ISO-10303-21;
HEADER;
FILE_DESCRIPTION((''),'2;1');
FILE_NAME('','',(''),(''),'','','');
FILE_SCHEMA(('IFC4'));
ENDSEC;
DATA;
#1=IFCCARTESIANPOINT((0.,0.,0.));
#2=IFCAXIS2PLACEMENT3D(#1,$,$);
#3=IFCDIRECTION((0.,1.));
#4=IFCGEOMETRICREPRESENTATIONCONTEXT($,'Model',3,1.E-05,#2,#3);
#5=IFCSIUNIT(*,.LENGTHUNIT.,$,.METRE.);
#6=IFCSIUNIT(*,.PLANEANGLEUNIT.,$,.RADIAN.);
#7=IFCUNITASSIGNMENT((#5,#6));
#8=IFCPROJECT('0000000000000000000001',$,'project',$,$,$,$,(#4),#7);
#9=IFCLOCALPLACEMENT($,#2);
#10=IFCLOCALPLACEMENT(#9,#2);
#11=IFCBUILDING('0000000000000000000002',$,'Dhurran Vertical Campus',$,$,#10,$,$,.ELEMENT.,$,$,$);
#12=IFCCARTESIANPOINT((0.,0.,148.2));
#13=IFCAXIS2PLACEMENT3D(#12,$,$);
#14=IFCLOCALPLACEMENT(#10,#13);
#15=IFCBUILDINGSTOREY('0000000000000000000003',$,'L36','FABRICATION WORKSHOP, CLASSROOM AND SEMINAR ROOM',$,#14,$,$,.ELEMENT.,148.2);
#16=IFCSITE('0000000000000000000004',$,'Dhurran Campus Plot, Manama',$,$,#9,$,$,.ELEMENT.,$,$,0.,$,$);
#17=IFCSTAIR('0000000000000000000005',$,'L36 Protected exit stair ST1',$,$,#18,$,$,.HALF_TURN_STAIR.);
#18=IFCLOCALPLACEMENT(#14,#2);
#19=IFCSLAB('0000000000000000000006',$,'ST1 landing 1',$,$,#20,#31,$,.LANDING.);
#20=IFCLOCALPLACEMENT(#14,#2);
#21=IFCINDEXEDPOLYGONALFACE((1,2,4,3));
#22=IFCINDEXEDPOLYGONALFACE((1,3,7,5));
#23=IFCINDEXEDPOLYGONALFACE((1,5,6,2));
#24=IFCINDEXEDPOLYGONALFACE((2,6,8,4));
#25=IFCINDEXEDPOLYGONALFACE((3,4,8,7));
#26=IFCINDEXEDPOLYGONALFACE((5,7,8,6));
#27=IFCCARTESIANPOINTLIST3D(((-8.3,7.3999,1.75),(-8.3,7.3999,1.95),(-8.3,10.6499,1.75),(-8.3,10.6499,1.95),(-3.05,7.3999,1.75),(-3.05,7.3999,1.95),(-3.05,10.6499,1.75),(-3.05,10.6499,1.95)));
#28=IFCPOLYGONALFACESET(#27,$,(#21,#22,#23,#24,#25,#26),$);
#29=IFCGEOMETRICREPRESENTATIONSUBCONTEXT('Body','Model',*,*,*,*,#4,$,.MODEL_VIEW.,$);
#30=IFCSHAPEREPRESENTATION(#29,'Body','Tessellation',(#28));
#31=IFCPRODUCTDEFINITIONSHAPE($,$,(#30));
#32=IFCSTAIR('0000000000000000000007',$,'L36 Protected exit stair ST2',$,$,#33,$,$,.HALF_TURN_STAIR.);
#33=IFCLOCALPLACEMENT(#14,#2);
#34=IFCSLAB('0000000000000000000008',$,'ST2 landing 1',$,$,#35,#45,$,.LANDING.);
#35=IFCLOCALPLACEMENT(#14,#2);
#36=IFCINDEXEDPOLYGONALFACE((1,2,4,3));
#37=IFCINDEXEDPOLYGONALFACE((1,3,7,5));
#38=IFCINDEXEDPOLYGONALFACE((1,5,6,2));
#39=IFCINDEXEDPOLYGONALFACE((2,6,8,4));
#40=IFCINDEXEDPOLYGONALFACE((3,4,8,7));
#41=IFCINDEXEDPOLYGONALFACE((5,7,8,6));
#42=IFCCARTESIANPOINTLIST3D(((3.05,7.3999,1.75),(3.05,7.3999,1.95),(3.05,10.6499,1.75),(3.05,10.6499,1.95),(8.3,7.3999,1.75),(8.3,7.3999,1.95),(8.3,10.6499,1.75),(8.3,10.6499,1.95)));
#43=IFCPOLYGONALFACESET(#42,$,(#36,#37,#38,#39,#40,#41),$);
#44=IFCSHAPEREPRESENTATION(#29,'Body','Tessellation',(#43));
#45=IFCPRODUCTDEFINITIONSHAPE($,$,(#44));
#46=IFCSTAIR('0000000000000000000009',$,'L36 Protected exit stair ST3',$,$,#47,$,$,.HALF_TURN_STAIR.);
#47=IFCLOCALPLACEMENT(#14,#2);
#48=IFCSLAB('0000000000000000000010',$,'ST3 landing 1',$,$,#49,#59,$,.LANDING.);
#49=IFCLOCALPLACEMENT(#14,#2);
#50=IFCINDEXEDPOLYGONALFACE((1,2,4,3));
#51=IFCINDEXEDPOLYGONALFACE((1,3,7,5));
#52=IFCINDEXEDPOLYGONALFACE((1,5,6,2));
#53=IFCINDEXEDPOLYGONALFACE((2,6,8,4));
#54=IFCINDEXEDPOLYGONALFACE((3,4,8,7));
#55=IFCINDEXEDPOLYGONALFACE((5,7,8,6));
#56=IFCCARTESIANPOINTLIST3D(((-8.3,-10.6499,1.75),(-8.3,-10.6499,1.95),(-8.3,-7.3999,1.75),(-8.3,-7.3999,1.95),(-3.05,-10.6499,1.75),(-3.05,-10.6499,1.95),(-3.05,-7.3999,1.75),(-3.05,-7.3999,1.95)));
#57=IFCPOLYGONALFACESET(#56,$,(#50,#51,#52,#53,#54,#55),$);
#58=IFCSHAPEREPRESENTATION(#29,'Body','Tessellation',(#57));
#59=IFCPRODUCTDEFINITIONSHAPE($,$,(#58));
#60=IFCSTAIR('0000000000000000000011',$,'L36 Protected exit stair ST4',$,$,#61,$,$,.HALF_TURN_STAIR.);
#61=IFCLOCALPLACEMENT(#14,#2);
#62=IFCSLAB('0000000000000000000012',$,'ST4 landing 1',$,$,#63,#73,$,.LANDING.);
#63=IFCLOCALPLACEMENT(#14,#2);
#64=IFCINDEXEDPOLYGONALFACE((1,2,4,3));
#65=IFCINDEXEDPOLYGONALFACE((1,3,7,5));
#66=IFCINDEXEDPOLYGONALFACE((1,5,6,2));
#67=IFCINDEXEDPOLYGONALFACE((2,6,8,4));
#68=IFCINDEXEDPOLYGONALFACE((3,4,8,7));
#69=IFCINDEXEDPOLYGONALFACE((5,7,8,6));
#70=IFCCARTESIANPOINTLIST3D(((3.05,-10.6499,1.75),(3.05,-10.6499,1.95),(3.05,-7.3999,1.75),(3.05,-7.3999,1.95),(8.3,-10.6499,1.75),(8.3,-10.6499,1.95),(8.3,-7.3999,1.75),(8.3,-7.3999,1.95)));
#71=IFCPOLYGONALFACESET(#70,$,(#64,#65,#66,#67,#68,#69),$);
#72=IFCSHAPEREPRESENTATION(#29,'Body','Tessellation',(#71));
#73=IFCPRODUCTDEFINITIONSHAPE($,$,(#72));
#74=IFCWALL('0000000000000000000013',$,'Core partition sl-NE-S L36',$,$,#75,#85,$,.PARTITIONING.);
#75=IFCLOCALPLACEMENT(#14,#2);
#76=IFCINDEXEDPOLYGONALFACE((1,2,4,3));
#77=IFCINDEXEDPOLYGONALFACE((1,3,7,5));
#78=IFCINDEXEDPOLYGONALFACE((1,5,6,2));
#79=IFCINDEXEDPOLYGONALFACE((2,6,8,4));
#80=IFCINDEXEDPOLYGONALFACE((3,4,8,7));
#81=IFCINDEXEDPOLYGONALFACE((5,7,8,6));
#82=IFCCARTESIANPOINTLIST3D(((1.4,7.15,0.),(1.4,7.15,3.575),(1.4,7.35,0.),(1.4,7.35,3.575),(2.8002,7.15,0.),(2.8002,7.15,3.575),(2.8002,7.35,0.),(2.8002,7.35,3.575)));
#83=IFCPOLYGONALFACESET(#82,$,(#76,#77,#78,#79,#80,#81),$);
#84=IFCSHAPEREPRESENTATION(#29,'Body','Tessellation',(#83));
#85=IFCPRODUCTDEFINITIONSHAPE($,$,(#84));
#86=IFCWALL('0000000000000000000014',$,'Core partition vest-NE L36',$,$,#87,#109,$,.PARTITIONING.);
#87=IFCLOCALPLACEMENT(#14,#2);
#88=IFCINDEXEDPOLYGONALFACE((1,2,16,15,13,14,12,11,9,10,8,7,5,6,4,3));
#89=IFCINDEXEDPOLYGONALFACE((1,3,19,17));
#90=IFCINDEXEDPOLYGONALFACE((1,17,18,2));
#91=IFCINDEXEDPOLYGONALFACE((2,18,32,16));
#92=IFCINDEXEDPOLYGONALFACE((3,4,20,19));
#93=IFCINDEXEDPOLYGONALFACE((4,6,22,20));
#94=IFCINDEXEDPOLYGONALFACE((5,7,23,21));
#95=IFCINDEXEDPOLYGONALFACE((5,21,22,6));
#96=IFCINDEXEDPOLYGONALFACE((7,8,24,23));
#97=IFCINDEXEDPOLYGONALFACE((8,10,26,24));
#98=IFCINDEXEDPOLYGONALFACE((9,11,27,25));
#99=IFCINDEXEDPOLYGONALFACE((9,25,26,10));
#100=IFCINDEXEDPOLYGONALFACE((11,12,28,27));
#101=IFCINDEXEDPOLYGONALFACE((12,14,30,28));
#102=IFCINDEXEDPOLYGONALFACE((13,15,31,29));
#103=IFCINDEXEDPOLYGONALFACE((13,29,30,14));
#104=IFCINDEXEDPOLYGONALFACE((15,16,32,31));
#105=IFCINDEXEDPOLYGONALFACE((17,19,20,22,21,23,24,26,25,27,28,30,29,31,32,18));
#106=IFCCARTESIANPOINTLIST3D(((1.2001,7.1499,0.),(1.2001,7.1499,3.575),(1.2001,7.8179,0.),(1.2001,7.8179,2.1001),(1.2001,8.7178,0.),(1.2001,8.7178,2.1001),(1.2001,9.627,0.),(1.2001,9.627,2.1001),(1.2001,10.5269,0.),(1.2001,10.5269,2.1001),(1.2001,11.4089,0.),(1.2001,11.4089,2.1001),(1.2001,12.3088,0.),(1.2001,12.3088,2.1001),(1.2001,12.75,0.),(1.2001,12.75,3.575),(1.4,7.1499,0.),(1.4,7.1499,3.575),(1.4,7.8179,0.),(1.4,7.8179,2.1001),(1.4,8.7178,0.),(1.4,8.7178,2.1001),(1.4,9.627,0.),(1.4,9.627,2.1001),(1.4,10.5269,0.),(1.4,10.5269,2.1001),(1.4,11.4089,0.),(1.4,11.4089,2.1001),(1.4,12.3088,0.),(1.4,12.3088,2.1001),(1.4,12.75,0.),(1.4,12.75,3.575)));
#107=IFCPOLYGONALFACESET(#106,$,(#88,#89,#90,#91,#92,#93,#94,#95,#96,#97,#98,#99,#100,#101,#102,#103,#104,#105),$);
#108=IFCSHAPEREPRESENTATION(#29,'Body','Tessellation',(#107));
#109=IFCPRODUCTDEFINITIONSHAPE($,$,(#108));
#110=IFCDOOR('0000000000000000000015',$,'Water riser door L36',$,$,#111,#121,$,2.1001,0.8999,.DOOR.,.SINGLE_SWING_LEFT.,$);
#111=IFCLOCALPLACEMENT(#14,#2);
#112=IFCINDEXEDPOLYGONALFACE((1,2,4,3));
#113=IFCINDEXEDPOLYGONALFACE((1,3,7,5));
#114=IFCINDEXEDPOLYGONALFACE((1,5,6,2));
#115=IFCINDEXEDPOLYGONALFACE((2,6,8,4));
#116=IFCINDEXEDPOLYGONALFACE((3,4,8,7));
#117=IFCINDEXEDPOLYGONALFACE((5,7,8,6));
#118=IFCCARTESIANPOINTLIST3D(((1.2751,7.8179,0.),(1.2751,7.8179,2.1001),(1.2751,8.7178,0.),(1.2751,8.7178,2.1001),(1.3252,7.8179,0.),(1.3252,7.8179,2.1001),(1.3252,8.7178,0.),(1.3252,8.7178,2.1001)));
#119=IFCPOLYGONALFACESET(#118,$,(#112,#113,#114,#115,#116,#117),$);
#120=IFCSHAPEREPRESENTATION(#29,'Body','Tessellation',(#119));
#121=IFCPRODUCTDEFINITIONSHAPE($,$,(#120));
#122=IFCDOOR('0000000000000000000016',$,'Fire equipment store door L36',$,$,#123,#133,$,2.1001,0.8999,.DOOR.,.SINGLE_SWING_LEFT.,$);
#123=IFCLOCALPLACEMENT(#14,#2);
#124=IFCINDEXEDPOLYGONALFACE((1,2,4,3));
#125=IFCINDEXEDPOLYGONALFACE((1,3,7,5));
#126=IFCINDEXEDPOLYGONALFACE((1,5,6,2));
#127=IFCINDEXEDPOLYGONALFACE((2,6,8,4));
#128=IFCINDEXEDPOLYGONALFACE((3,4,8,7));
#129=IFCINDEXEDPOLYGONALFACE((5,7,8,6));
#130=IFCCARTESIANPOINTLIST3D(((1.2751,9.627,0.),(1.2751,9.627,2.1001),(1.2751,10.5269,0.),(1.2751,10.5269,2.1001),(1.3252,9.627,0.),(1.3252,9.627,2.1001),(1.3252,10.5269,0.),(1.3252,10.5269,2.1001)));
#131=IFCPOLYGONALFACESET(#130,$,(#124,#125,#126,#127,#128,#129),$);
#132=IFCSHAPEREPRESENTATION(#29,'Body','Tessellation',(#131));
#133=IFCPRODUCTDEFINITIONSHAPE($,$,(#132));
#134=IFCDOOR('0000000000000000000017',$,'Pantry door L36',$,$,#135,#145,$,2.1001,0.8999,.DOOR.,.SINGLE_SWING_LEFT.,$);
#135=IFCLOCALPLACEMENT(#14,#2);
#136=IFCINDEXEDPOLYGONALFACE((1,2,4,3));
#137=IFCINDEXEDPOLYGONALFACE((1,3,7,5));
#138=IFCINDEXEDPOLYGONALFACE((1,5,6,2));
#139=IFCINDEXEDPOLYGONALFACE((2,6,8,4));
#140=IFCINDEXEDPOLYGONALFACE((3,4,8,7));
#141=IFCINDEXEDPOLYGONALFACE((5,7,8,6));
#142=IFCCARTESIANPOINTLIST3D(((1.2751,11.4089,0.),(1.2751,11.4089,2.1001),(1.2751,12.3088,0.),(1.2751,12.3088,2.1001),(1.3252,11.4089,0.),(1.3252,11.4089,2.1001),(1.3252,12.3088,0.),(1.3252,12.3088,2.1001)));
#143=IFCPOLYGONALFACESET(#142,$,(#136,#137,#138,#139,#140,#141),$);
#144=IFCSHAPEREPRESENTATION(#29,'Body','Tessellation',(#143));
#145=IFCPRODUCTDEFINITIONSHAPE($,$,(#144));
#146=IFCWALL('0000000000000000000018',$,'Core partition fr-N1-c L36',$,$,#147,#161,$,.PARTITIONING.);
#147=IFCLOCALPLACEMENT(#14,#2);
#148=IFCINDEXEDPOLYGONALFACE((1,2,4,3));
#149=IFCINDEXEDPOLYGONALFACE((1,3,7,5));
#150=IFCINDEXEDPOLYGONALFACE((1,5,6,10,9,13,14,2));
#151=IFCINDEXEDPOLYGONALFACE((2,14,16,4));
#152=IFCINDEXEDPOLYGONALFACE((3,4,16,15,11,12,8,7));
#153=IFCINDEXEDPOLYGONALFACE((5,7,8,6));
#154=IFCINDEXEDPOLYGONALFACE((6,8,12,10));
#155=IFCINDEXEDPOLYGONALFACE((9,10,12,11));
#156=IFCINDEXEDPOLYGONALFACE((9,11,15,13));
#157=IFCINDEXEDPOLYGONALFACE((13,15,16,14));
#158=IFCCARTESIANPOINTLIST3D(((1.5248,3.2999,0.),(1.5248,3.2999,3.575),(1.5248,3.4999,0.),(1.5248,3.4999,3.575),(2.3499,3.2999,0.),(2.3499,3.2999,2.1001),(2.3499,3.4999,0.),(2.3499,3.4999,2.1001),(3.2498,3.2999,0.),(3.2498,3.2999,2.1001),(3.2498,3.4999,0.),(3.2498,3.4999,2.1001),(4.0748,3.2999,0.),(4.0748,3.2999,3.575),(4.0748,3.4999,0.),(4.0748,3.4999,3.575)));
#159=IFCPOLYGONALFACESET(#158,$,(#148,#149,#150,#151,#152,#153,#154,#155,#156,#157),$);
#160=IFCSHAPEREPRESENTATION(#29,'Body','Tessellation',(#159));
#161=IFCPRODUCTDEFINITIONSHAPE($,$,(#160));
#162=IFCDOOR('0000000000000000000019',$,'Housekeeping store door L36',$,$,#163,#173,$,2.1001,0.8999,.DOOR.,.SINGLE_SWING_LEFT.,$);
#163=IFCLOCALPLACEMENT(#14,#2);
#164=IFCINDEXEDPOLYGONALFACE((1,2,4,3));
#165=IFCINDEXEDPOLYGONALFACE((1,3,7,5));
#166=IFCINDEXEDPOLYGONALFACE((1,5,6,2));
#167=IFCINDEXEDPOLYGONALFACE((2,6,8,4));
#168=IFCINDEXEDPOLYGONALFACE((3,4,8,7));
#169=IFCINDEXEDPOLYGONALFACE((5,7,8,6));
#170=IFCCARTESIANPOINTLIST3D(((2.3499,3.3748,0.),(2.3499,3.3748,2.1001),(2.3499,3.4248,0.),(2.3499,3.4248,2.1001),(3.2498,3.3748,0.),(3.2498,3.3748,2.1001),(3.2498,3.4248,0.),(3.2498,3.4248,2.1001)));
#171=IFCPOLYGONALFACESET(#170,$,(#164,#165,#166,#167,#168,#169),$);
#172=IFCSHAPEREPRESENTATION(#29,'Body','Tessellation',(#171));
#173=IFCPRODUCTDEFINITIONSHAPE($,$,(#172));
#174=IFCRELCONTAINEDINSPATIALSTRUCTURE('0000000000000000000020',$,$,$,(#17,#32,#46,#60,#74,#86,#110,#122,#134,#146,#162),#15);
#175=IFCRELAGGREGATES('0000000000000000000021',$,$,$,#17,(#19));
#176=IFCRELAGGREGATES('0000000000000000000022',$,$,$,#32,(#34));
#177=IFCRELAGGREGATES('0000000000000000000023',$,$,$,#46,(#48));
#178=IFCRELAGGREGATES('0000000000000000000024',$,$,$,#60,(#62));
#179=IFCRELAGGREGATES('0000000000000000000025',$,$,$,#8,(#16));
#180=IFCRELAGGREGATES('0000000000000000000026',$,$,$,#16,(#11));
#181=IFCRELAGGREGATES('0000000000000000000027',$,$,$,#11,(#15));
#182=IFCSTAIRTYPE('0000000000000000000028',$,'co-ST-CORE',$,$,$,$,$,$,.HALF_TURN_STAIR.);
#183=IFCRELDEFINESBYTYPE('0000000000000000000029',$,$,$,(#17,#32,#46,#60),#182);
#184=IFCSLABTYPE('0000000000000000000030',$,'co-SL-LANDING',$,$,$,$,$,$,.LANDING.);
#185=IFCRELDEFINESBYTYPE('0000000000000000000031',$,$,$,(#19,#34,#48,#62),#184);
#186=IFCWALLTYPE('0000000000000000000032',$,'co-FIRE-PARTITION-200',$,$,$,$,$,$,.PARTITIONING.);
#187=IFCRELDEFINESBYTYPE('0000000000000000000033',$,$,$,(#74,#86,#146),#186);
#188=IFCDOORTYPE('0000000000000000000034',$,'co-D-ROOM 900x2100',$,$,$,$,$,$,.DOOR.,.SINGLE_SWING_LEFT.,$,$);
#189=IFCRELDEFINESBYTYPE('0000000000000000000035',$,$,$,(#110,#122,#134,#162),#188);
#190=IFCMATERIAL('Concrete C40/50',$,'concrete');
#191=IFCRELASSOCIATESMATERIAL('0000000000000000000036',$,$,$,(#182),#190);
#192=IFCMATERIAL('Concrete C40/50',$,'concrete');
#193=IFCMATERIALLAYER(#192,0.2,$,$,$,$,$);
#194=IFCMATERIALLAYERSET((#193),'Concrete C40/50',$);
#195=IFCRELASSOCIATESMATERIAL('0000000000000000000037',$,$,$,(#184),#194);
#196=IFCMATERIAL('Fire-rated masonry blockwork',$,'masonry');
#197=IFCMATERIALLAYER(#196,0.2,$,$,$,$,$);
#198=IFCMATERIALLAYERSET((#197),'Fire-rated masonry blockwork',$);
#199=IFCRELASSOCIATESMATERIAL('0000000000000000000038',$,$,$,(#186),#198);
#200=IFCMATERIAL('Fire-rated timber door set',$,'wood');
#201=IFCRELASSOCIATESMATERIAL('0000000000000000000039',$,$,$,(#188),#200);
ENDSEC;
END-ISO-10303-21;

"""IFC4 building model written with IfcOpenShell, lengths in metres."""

from ifc_helpers import new_model, si_unit, direction, frame, frame_2d, origin, place, context, subcontext, project, spatial, polyline, rectangle, outline, extrude, material, layer, layer_set, type_object, element, fill, aggregate, save


model = new_model("IFC4")

# Units and contexts
model_context = context("Model", 3, precision=1e-05, world=origin(), true_north=direction((0.0, 1.0)))
body_context = subcontext(model_context, "Body", "Model", "MODEL_VIEW")
ifc_project = project(units=[si_unit("LENGTHUNIT", "METRE"), si_unit("PLANEANGLEUNIT", "RADIAN")], contexts=[model_context])

# Site, building, storey
site_placement = place(None, origin())
site = spatial("IfcSite", under=ifc_project, at=site_placement, Name="Dhurran Campus Plot, Manama", CompositionType="ELEMENT", RefElevation=0.0)
building_placement = place(site_placement, origin())
building = spatial("IfcBuilding", under=site, at=building_placement, Name="Dhurran Vertical Campus", CompositionType="ELEMENT")
storey_placement = place(building_placement, frame((0.0, 0.0, 148.2)))
storey = spatial("IfcBuildingStorey", under=building, at=storey_placement, Name="L36", Description="FABRICATION WORKSHOP, CLASSROOM AND SEMINAR ROOM", CompositionType="ELEMENT", Elevation=148.2)

# Stairs, slabs
ifc_material_1 = material(Name="Concrete C40/50", Category="concrete")
stair_type = type_object("IfcStairType", Name="co-ST-CORE", PredefinedType="HALF_TURN_STAIR", material=ifc_material_1)
stair_1_placement = place(storey_placement, origin())
stair_1 = element("IfcStair", 1, at=stair_1_placement, inside=storey, type_object=stair_type, Name="L36 Protected exit stair ST1", PredefinedType="HALF_TURN_STAIR")
ifc_material_2 = material(Name="Concrete C40/50", Category="concrete")
ifc_layer_1 = layer(ifc_material_2, 0.2)
ifc_layer_set_1 = layer_set([ifc_layer_1], Name="Concrete C40/50")
slab_type = type_object("IfcSlabType", Name="co-SL-LANDING", PredefinedType="LANDING", material=ifc_layer_set_1)
slab_1_placement = place(storey_placement, frame((0.0, 0.0, 1.75)))
slab_1 = element("IfcSlab", 2, at=slab_1_placement, type_object=slab_type, Name="ST1 landing 1", PredefinedType="LANDING", context=body_context, shape_type="SweptSolid", body=[
    extrude(outline(polyline([(-8.3, 7.3999), (-3.05, 7.3999), (-3.05, 10.6499), (-8.3, 10.6499), (-8.3, 7.3999)])), origin(), (0.0, 0.0, 1.0), 0.2),
])
aggregate(stair_1, [slab_1])
stair_2_placement = place(storey_placement, origin())
stair_2 = element("IfcStair", 3, at=stair_2_placement, inside=storey, type_object=stair_type, Name="L36 Protected exit stair ST2", PredefinedType="HALF_TURN_STAIR")
slab_2_placement = place(storey_placement, frame((0.0, 0.0, 1.75)))
slab_2 = element("IfcSlab", 4, at=slab_2_placement, type_object=slab_type, Name="ST2 landing 1", PredefinedType="LANDING", context=body_context, shape_type="SweptSolid", body=[
    extrude(outline(polyline([(8.3, 10.6499), (3.05, 10.6499), (3.05, 7.3999), (8.3, 7.3999), (8.3, 10.6499)])), origin(), (0.0, 0.0, 1.0), 0.2),
])
aggregate(stair_2, [slab_2])
stair_3_placement = place(storey_placement, origin())
stair_3 = element("IfcStair", 5, at=stair_3_placement, inside=storey, type_object=stair_type, Name="L36 Protected exit stair ST3", PredefinedType="HALF_TURN_STAIR")
slab_3_placement = place(storey_placement, frame((0.0, 0.0, 1.75)))
slab_3 = element("IfcSlab", 6, at=slab_3_placement, type_object=slab_type, Name="ST3 landing 1", PredefinedType="LANDING", context=body_context, shape_type="SweptSolid", body=[
    extrude(outline(polyline([(-8.3, -10.6499), (-3.05, -10.6499), (-3.05, -7.3999), (-8.3, -7.3999), (-8.3, -10.6499)])), origin(), (0.0, 0.0, 1.0), 0.2),
])
aggregate(stair_3, [slab_3])
stair_4_placement = place(storey_placement, origin())
stair_4 = element("IfcStair", 7, at=stair_4_placement, inside=storey, type_object=stair_type, Name="L36 Protected exit stair ST4", PredefinedType="HALF_TURN_STAIR")
slab_4_placement = place(storey_placement, frame((0.0, 0.0, 1.75)))
slab_4 = element("IfcSlab", 8, at=slab_4_placement, type_object=slab_type, Name="ST4 landing 1", PredefinedType="LANDING", context=body_context, shape_type="SweptSolid", body=[
    extrude(outline(polyline([(8.3, -7.3999), (3.05, -7.3999), (3.05, -10.6499), (8.3, -10.6499), (8.3, -7.3999)])), origin(), (0.0, 0.0, 1.0), 0.2),
])
aggregate(stair_4, [slab_4])

# Wall
ifc_material_3 = material(Name="Fire-rated masonry blockwork", Category="masonry")
ifc_layer_2 = layer(ifc_material_3, 0.2)
ifc_layer_set_2 = layer_set([ifc_layer_2], Name="Fire-rated masonry blockwork")
wall_type_1 = type_object("IfcWallType", Name="co-FIRE-PARTITION-200", PredefinedType="PARTITIONING", material=ifc_layer_set_2)
wall_1_placement = place(storey_placement, frame((1.3999, 7.25, 0.0), z_axis=(0.0, 0.0, 1.0), x_axis=(1.0, 0.0, 0.0)))
element("IfcWall", 9, at=wall_1_placement, inside=storey, type_object=wall_type_1, Name="Core partition sl-NE-S L36", PredefinedType="PARTITIONING", context=body_context, shape_type="SweptSolid", body=[
    extrude(rectangle(XDim=1.4001, YDim=0.2, at=frame_2d((0.7002, 0.0))), origin(), (0.0, 0.0, 1.0), 3.575),
])

# Wall, openings, doors
wall_2_placement = place(storey_placement, frame((1.3, 7.1499, 0.0), z_axis=(0.0, 0.0, 1.0), x_axis=(0.0, 1.0, 0.0)))
wall_2 = element("IfcWall", 10, at=wall_2_placement, inside=storey, type_object=wall_type_1, Name="Core partition vest-NE L36", PredefinedType="PARTITIONING", context=body_context, shape_type="SweptSolid", body=[
    extrude(rectangle(XDim=5.6001, YDim=0.2, at=frame_2d((2.8, 0.0))), origin(), (0.0, 0.0, 1.0), 3.575),
])
opening_1_placement = place(wall_2_placement, frame((0.668, 0.0, 0.0)))
opening_1 = element("IfcOpeningElement", 11, at=opening_1_placement, cuts=wall_2, PredefinedType="OPENING", context=body_context, shape_type="SweptSolid", body=[
    extrude(rectangle(XDim=0.8999, YDim=2.1001, at=frame_2d((0.45, 1.05))), frame((0.0, 0.1099, 0.0), z_axis=(0.0, -1.0, 0.0), x_axis=(1.0, 0.0, 0.0)), (0.0, 0.0, 1.0), 0.22),
])
opening_2_placement = place(wall_2_placement, frame((2.4771, 0.0, 0.0)))
opening_2 = element("IfcOpeningElement", 12, at=opening_2_placement, cuts=wall_2, PredefinedType="OPENING", context=body_context, shape_type="SweptSolid", body=[
    extrude(rectangle(XDim=0.8999, YDim=2.1001, at=frame_2d((0.45, 1.05))), frame((0.0, 0.1099, 0.0), z_axis=(0.0, -1.0, 0.0), x_axis=(1.0, 0.0, 0.0)), (0.0, 0.0, 1.0), 0.22),
])
opening_3_placement = place(wall_2_placement, frame((4.259, 0.0, 0.0)))
opening_3 = element("IfcOpeningElement", 13, at=opening_3_placement, cuts=wall_2, PredefinedType="OPENING", context=body_context, shape_type="SweptSolid", body=[
    extrude(rectangle(XDim=0.8999, YDim=2.1001, at=frame_2d((0.45, 1.05))), frame((0.0, 0.1099, 0.0), z_axis=(0.0, -1.0, 0.0), x_axis=(1.0, 0.0, 0.0)), (0.0, 0.0, 1.0), 0.22),
])
ifc_material_4 = material(Name="Fire-rated timber door set", Category="wood")
door_type_1 = type_object("IfcDoorType", Name="co-D-ROOM 900x2100", OperationType="SINGLE_SWING_LEFT", PredefinedType="DOOR", material=ifc_material_4)
door_1_placement = place(opening_1_placement, origin())
door_1 = element("IfcDoor", 14, at=door_1_placement, inside=storey, type_object=door_type_1, Name="Water riser door L36", OperationType="SINGLE_SWING_LEFT", OverallHeight=2.1001, OverallWidth=0.8999, PredefinedType="DOOR", context=body_context, shape_type="SweptSolid", body=[
    extrude(rectangle(XDim=0.8999, YDim=2.1001, at=frame_2d((0.45, 1.05))), frame((0.0, 0.0249, 0.0), z_axis=(0.0, -1.0, 0.0), x_axis=(1.0, 0.0, 0.0)), (0.0, 0.0, 1.0), 0.05),
])
fill(opening_1, door_1)
door_2_placement = place(opening_2_placement, origin())
door_2 = element("IfcDoor", 15, at=door_2_placement, inside=storey, type_object=door_type_1, Name="Fire equipment store door L36", OperationType="SINGLE_SWING_LEFT", OverallHeight=2.1001, OverallWidth=0.8999, PredefinedType="DOOR", context=body_context, shape_type="SweptSolid", body=[
    extrude(rectangle(XDim=0.8999, YDim=2.1001, at=frame_2d((0.45, 1.05))), frame((0.0, 0.0249, 0.0), z_axis=(0.0, -1.0, 0.0), x_axis=(1.0, 0.0, 0.0)), (0.0, 0.0, 1.0), 0.05),
])
fill(opening_2, door_2)
door_3_placement = place(opening_3_placement, origin())
door_3 = element("IfcDoor", 16, at=door_3_placement, inside=storey, type_object=door_type_1, Name="Pantry door L36", OperationType="SINGLE_SWING_LEFT", OverallHeight=2.1001, OverallWidth=0.8999, PredefinedType="DOOR", context=body_context, shape_type="SweptSolid", body=[
    extrude(rectangle(XDim=0.8999, YDim=2.1001, at=frame_2d((0.45, 1.05))), frame((0.0, 0.0249, 0.0), z_axis=(0.0, -1.0, 0.0), x_axis=(1.0, 0.0, 0.0)), (0.0, 0.0, 1.0), 0.05),
])
fill(opening_3, door_3)

# Wall, opening, door
wall_3_placement = place(storey_placement, frame((1.5249, 3.3999, 0.0), z_axis=(0.0, 0.0, 1.0), x_axis=(1.0, 0.0, 0.0)))
wall_3 = element("IfcWall", 17, at=wall_3_placement, inside=storey, type_object=wall_type_1, Name="Core partition fr-N1-c L36", PredefinedType="PARTITIONING", context=body_context, shape_type="SweptSolid", body=[
    extrude(rectangle(XDim=2.55, YDim=0.2, at=frame_2d((1.2749, 0.0))), origin(), (0.0, 0.0, 1.0), 3.575),
])
opening_4_placement = place(wall_3_placement, frame((0.825, 0.0, 0.0)))
opening_4 = element("IfcOpeningElement", 18, at=opening_4_placement, cuts=wall_3, PredefinedType="OPENING", context=body_context, shape_type="SweptSolid", body=[
    extrude(rectangle(XDim=0.8999, YDim=2.1001, at=frame_2d((0.45, 1.05))), frame((0.0, 0.1099, 0.0), z_axis=(0.0, -1.0, 0.0), x_axis=(1.0, 0.0, 0.0)), (0.0, 0.0, 1.0), 0.22),
])
door_4_placement = place(opening_4_placement, origin())
door_4 = element("IfcDoor", 19, at=door_4_placement, inside=storey, type_object=door_type_1, Name="Housekeeping store door L36", OperationType="SINGLE_SWING_LEFT", OverallHeight=2.1001, OverallWidth=0.8999, PredefinedType="DOOR", context=body_context, shape_type="SweptSolid", body=[
    extrude(rectangle(XDim=0.8999, YDim=2.1001, at=frame_2d((0.45, 1.05))), frame((0.0, 0.0249, 0.0), z_axis=(0.0, -1.0, 0.0), x_axis=(1.0, 0.0, 0.0)), (0.0, 0.0, 1.0), 0.05),
])
fill(opening_4, door_4)

save(model, "model.ifc")
